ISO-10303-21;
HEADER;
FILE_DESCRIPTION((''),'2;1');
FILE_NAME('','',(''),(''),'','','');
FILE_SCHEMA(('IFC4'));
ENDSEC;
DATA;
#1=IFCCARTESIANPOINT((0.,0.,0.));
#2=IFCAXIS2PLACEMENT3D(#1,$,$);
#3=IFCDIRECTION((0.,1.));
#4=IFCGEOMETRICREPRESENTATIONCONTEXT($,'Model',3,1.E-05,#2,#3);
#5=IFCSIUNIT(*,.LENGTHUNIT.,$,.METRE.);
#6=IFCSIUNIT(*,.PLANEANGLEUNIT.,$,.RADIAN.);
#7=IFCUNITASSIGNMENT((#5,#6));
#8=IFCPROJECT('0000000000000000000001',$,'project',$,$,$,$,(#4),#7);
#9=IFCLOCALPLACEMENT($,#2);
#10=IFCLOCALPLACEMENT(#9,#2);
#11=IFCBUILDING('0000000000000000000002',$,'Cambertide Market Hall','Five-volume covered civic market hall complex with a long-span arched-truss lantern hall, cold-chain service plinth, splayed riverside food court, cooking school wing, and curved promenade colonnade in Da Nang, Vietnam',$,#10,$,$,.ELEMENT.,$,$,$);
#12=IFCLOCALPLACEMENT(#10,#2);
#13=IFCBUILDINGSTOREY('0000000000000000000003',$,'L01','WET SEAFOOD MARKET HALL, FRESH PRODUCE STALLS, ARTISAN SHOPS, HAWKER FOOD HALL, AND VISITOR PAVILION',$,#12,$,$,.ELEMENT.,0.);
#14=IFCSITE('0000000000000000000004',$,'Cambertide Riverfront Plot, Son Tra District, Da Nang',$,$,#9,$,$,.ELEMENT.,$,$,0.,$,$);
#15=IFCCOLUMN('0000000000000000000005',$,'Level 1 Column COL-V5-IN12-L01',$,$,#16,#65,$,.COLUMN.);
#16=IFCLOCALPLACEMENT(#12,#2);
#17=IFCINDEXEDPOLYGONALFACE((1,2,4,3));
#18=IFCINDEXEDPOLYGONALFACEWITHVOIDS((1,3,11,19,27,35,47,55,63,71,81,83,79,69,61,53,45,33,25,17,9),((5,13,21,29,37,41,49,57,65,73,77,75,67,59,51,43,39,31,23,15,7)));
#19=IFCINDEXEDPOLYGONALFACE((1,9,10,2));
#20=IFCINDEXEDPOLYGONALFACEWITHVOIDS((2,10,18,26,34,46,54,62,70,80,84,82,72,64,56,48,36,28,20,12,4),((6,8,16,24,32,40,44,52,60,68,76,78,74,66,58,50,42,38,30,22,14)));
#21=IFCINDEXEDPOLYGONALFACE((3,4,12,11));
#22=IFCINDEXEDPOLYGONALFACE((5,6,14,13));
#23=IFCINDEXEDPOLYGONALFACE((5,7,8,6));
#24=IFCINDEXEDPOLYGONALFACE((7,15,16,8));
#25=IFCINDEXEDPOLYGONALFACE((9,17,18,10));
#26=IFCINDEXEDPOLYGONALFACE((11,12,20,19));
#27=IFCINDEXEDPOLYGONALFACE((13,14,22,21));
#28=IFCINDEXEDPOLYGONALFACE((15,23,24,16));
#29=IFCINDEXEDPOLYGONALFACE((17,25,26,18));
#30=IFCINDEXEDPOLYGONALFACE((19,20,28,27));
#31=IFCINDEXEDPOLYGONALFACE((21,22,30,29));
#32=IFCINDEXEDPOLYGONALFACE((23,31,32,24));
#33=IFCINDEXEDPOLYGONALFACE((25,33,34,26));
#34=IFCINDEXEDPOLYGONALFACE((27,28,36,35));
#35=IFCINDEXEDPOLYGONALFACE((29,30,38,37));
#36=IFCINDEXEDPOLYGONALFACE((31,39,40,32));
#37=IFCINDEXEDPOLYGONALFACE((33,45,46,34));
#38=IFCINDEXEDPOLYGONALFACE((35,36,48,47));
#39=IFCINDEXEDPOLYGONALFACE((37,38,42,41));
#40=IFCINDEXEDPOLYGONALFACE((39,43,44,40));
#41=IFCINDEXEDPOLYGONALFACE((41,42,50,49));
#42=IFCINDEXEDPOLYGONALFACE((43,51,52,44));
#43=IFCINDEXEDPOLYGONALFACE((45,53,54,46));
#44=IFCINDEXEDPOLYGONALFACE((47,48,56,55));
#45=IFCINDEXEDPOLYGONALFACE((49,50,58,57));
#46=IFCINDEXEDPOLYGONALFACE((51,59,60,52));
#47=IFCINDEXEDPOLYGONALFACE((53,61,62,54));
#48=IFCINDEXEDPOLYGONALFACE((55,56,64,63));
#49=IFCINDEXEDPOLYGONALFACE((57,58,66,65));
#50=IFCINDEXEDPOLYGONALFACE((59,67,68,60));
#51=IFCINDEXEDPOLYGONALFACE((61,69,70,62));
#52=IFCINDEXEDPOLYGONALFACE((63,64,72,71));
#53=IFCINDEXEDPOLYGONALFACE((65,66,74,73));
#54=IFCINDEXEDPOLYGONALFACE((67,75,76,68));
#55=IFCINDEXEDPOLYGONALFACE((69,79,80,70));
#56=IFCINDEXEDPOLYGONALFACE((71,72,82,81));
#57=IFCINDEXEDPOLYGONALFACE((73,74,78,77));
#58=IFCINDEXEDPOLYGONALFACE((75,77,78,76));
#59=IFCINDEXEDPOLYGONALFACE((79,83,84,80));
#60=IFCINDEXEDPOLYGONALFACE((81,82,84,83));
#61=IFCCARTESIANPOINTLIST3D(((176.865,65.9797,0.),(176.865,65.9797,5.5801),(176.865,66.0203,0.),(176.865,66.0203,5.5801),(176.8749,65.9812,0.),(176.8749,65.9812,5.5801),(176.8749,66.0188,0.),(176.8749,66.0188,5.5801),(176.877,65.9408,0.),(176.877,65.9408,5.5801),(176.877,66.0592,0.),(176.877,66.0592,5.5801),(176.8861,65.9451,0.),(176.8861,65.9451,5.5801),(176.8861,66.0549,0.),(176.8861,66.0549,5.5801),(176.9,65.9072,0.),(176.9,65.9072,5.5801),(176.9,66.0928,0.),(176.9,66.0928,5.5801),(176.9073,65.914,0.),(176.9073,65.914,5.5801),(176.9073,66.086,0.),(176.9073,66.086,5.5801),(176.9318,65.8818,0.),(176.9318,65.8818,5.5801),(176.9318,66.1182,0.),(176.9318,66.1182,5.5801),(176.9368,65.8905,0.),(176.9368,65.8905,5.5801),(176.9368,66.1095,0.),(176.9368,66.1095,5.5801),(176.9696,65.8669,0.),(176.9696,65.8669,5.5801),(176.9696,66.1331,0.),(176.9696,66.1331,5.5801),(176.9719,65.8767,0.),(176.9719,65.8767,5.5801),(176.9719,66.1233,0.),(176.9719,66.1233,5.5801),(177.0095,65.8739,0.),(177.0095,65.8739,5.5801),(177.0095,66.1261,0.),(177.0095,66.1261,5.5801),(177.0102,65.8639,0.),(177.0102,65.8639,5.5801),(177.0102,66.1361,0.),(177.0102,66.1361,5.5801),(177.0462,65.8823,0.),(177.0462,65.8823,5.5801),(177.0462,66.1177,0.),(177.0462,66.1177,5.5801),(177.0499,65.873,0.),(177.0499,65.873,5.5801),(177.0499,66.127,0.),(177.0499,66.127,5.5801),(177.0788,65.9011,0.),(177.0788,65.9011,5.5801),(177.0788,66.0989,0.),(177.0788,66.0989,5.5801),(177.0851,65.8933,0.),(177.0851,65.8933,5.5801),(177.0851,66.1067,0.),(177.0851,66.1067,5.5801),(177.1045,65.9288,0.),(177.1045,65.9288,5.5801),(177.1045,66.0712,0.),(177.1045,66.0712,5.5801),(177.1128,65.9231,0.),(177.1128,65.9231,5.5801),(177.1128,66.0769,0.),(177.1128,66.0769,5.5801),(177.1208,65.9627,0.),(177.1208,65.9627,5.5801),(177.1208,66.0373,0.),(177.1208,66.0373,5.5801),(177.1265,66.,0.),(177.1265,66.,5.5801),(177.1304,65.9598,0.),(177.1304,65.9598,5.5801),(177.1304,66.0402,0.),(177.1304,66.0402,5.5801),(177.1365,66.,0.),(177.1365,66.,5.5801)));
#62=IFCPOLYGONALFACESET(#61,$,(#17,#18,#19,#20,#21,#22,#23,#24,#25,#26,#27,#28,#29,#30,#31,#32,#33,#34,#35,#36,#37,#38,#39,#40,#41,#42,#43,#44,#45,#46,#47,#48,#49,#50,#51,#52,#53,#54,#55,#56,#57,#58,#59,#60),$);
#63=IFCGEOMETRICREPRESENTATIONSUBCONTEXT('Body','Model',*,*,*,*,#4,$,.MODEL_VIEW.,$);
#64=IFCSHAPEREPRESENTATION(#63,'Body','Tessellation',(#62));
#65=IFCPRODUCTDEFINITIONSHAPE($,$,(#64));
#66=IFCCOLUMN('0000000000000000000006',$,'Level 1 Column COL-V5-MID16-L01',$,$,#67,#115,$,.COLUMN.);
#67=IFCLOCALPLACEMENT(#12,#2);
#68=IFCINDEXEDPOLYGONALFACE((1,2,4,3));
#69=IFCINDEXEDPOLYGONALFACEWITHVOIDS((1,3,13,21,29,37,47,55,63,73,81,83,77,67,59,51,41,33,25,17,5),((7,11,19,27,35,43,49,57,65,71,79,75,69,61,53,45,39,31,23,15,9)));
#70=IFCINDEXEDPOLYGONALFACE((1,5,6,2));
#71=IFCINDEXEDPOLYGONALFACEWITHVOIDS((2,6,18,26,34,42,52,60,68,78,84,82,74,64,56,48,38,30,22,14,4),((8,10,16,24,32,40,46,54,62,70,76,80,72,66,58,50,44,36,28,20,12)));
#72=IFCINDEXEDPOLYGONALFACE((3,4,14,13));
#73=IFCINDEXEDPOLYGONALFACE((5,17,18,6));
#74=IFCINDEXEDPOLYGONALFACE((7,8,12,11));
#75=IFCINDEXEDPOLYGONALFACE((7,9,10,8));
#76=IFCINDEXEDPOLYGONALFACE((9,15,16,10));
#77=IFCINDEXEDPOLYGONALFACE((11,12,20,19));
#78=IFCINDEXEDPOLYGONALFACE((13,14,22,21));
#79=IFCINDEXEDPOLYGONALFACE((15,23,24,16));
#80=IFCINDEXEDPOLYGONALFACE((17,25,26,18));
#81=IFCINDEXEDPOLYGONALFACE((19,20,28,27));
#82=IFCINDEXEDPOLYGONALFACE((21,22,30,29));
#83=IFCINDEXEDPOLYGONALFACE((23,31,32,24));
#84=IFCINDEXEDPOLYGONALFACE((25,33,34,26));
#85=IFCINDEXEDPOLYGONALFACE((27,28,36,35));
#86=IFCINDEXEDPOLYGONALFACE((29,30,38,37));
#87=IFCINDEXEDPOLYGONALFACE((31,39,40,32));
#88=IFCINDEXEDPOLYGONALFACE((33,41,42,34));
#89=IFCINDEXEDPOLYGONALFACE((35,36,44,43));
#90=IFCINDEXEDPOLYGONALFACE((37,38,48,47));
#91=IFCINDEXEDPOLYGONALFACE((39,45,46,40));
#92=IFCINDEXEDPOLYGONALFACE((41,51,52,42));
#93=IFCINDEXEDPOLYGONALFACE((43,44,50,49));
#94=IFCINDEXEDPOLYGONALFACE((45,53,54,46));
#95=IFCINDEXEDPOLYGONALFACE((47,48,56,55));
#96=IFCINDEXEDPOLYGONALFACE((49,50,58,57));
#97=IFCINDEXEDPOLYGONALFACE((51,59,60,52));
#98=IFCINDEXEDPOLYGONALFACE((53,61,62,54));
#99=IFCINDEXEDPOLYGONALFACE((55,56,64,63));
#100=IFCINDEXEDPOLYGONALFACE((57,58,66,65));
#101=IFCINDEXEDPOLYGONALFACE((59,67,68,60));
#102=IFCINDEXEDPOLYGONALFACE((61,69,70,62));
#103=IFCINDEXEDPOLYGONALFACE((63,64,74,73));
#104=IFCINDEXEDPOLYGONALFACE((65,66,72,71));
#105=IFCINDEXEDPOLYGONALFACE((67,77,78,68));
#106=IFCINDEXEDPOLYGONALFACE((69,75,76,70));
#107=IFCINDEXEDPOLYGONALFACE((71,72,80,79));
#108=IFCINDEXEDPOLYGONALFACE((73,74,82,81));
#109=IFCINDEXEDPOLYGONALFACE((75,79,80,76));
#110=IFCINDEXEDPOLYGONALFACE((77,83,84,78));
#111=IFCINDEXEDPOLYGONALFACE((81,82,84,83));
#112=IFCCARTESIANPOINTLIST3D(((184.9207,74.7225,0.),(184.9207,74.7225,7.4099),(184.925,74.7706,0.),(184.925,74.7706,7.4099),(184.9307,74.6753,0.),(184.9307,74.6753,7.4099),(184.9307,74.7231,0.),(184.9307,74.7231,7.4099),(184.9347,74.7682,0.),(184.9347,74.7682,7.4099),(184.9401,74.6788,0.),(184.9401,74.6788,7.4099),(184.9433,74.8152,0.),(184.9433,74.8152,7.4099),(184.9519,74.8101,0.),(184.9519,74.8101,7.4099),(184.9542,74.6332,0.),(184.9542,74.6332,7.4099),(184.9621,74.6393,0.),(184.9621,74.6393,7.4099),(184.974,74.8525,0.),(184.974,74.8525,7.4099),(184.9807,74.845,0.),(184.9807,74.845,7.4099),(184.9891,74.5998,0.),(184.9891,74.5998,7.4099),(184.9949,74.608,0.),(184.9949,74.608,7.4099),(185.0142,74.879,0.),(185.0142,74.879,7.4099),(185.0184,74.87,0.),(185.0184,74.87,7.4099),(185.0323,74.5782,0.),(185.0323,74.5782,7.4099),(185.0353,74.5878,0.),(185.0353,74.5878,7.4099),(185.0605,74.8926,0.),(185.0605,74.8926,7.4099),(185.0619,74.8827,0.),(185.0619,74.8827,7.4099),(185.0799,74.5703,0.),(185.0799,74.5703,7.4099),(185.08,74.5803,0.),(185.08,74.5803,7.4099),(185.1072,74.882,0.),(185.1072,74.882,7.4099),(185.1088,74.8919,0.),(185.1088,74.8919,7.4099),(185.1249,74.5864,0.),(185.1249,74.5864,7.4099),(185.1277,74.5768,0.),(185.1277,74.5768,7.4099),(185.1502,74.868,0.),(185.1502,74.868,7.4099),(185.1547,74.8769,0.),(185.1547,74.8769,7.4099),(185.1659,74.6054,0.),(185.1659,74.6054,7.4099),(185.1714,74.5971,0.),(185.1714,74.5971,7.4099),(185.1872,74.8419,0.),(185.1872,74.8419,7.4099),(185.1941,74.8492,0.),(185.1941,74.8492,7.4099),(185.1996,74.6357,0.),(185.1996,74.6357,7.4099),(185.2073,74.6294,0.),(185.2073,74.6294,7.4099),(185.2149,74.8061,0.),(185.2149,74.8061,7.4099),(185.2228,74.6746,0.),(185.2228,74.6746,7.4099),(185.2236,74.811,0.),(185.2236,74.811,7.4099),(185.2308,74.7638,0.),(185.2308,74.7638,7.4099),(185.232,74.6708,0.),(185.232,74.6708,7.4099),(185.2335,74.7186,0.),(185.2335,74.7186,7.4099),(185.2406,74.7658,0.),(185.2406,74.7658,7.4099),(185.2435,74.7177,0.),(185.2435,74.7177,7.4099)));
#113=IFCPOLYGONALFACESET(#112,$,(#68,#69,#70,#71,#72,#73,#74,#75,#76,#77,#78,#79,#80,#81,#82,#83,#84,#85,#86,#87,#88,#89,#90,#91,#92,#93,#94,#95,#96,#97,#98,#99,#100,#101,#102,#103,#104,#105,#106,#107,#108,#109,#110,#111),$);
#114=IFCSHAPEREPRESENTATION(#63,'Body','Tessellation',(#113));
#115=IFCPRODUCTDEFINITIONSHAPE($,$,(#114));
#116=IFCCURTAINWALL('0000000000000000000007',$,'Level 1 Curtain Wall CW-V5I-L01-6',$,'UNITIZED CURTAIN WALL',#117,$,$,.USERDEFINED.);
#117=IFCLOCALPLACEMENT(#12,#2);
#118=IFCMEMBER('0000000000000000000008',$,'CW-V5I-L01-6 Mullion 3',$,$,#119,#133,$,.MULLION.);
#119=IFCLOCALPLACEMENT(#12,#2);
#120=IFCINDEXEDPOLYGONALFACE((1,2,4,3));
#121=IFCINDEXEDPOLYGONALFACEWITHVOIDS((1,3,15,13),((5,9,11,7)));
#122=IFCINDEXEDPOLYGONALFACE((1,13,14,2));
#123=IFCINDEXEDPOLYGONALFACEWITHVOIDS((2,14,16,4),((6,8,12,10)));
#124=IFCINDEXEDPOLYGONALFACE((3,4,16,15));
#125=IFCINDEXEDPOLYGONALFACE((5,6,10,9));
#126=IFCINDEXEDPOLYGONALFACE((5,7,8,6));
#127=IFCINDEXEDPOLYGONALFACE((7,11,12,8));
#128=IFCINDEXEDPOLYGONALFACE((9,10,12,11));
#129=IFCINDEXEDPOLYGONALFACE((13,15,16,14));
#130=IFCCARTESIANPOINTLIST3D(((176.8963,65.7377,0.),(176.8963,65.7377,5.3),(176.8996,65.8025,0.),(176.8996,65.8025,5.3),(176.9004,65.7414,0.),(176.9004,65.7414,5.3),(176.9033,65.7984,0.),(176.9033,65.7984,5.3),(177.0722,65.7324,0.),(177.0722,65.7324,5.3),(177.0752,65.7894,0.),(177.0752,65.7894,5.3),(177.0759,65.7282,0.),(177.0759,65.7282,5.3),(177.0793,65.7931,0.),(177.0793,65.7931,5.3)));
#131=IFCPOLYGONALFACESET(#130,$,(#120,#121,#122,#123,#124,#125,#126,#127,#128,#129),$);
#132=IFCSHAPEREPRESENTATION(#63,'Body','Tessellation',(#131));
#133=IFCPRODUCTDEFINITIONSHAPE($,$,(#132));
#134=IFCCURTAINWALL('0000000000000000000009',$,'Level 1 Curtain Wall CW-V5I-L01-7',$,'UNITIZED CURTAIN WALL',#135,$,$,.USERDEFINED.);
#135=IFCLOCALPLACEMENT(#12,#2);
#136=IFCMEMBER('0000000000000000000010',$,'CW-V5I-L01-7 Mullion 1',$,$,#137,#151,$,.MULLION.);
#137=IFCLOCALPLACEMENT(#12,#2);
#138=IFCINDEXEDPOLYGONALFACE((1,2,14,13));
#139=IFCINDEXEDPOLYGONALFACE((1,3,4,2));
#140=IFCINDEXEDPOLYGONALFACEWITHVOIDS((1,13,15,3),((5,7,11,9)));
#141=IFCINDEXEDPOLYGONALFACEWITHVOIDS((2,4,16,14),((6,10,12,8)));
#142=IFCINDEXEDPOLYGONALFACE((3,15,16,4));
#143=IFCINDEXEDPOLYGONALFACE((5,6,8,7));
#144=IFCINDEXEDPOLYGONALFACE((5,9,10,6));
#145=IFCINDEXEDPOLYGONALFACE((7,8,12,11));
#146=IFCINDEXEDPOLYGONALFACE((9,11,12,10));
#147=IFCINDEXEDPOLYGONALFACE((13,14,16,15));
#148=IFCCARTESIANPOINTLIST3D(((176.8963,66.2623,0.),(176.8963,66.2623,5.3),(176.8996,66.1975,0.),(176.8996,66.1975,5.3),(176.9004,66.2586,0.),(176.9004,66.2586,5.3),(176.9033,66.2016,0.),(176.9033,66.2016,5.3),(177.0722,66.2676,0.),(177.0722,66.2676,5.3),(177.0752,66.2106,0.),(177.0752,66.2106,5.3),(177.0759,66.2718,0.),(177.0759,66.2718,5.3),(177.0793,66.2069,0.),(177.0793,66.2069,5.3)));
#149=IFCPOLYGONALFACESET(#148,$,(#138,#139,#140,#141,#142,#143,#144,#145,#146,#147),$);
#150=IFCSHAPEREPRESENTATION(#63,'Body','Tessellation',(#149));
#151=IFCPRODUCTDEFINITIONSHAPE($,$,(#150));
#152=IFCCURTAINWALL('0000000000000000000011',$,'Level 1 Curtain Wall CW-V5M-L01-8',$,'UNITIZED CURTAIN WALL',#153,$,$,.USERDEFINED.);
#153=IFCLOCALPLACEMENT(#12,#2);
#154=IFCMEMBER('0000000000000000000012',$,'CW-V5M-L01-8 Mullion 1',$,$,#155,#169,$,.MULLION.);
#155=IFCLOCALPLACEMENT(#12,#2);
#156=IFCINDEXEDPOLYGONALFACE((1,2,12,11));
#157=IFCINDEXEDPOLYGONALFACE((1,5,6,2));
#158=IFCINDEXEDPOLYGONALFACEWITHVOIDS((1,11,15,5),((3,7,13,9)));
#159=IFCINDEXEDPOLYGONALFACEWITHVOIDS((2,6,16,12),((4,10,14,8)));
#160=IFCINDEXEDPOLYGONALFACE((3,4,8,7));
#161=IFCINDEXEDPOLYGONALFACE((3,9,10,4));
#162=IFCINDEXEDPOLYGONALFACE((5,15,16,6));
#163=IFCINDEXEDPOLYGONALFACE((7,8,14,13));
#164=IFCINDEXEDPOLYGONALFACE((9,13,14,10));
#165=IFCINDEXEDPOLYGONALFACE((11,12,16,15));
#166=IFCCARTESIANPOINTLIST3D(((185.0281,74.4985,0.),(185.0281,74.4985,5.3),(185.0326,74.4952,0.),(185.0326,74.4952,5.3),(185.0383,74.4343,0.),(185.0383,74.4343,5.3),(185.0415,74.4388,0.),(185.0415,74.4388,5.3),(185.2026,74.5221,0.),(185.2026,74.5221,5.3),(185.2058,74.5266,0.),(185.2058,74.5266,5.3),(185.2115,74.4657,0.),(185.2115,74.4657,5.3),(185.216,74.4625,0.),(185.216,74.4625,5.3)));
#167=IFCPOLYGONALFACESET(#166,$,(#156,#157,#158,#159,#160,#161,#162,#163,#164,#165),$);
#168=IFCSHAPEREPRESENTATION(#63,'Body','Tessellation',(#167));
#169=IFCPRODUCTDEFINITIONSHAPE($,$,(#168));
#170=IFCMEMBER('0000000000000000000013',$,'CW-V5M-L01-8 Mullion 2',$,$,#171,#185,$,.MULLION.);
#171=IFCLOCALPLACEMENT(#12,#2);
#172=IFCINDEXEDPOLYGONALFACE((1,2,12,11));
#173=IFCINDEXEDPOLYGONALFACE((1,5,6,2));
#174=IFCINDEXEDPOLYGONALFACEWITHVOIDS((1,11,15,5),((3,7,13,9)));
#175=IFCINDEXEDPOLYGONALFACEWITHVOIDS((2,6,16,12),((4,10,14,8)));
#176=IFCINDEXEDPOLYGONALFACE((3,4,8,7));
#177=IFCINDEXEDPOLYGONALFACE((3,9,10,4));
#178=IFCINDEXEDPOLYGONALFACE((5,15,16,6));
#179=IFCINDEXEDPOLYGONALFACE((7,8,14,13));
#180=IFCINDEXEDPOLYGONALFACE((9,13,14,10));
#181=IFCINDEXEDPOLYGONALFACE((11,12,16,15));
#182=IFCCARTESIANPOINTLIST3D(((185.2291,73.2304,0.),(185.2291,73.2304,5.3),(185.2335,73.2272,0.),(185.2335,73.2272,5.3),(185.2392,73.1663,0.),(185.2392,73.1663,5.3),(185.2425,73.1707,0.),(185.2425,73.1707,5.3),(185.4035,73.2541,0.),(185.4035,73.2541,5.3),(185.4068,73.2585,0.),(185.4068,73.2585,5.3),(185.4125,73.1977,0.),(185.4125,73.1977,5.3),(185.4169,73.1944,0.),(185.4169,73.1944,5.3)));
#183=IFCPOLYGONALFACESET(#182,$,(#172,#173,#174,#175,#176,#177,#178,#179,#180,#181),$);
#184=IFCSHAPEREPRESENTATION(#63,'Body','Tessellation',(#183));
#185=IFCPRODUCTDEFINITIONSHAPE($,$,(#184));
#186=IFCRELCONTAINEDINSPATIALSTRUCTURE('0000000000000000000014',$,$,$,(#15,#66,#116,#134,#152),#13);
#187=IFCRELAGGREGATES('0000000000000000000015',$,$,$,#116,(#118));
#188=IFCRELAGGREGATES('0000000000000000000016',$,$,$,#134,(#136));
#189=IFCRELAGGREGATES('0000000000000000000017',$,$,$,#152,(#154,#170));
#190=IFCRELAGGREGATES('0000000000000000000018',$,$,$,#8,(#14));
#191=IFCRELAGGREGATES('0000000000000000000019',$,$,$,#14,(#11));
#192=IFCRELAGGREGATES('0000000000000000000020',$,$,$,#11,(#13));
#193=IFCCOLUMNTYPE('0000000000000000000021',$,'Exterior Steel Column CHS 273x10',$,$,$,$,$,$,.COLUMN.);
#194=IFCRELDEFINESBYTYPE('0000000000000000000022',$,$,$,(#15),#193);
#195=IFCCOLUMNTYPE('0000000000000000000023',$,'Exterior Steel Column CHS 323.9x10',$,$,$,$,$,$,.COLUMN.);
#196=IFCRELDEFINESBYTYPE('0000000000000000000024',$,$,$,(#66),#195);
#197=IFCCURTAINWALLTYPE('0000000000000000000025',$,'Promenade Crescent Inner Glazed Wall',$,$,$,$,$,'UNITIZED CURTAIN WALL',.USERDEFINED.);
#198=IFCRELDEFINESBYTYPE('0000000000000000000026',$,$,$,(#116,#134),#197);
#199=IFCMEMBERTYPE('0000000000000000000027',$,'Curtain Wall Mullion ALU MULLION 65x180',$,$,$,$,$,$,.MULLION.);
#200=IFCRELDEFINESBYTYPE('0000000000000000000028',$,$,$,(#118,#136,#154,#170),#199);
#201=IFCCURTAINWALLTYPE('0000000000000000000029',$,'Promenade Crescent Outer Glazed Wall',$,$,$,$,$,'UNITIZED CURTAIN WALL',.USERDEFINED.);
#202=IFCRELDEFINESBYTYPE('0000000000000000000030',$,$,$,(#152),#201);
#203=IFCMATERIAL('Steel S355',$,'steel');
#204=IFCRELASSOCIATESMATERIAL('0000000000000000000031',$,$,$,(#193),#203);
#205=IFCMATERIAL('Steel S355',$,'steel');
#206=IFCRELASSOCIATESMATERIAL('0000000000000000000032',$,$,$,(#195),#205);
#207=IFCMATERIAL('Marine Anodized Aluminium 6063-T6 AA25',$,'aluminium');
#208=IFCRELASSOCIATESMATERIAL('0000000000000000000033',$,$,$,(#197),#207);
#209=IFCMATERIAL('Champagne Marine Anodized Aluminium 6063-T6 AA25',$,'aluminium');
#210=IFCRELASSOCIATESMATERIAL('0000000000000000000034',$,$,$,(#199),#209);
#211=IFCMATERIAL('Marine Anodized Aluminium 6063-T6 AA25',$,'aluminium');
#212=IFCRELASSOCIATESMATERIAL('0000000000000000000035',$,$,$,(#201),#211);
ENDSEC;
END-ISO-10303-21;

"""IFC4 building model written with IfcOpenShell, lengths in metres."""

from ifc_helpers import new_model, si_unit, direction, frame, origin, origin_2d, place, context, subcontext, project, spatial, hollow_rectangle, hollow_circle, extrude, material, material_profile, profile_set, type_object, element, aggregate, save


model = new_model("IFC4")

# Units and contexts
model_context = context("Model", 3, precision=1e-05, world=origin(), true_north=direction((0.0, 1.0)))
body_context = subcontext(model_context, "Body", "Model", "MODEL_VIEW")
ifc_project = project(units=[si_unit("LENGTHUNIT", "METRE"), si_unit("PLANEANGLEUNIT", "RADIAN")], contexts=[model_context])

# Site, building, storey
site_placement = place(None, origin())
site = spatial("IfcSite", under=ifc_project, at=site_placement, Name="Cambertide Riverfront Plot, Son Tra District, Da Nang", CompositionType="ELEMENT", RefElevation=0.0)
building_placement = place(site_placement, origin())
building = spatial("IfcBuilding", under=site, at=building_placement, Name="Cambertide Market Hall", Description="Five-volume covered civic market hall complex with a long-span arched-truss lantern hall, cold-chain service plinth, splayed riverside food court, cooking school wing, and curved promenade colonnade in Da Nang, Vietnam", CompositionType="ELEMENT")
storey_placement = place(building_placement, origin())
storey = spatial("IfcBuildingStorey", under=building, at=storey_placement, Name="L01", Description="WET SEAFOOD MARKET HALL, FRESH PRODUCE STALLS, ARTISAN SHOPS, HAWKER FOOD HALL, AND VISITOR PAVILION", CompositionType="ELEMENT", Elevation=0.0)

# Columns
ifc_material_1 = material(Name="Steel S355", Category="steel")
ifc_material_profile_1 = material_profile(ifc_material_1, hollow_circle(Radius=0.1365, WallThickness=0.01, at=origin_2d()), Name="CHS 273x10")
ifc_profile_set_1 = profile_set([ifc_material_profile_1], Name="Steel S355")
column_type_1 = type_object("IfcColumnType", Name="Exterior Steel Column CHS 273x10", PredefinedType="COLUMN", material=ifc_profile_set_1)
column_1_placement = place(storey_placement, frame((177.0, 66.0, 0.0), z_axis=(0.0, 0.0, 1.0), x_axis=(1.0, 0.0, 0.0)))
element("IfcColumn", 1, at=column_1_placement, inside=storey, type_object=column_type_1, Name="Level 1 Column COL-V5-IN12-L01", PredefinedType="COLUMN", context=body_context, shape_type="SweptSolid", body=[
    extrude(hollow_circle(Radius=0.1365, WallThickness=0.01, at=origin_2d()), origin(), (0.0, 0.0, 1.0), 5.5801),
])
ifc_material_2 = material(Name="Steel S355", Category="steel")
ifc_material_profile_2 = material_profile(ifc_material_2, hollow_circle(Radius=0.1619, WallThickness=0.01, at=origin_2d()), Name="CHS 323.9x10")
ifc_profile_set_2 = profile_set([ifc_material_profile_2], Name="Steel S355")
column_type_2 = type_object("IfcColumnType", Name="Exterior Steel Column CHS 323.9x10", PredefinedType="COLUMN", material=ifc_profile_set_2)
column_2_placement = place(storey_placement, frame((185.0823, 74.7322, 0.0), z_axis=(0.0, 0.0, 1.0), x_axis=(0.978148, 0.207912, 0.0)))
element("IfcColumn", 2, at=column_2_placement, inside=storey, type_object=column_type_2, Name="Level 1 Column COL-V5-MID16-L01", PredefinedType="COLUMN", context=body_context, shape_type="SweptSolid", body=[
    extrude(hollow_circle(Radius=0.1619, WallThickness=0.01, at=origin_2d()), origin(), (0.0, 0.0, 1.0), 7.4099),
])

# Curtain walls, members
ifc_material_3 = material(Name="Marine Anodized Aluminium 6063-T6 AA25", Category="aluminium")
curtain_wall_type_1 = type_object("IfcCurtainWallType", Name="Promenade Crescent Inner Glazed Wall", ElementType="UNITIZED CURTAIN WALL", PredefinedType="USERDEFINED", material=ifc_material_3)
curtain_wall_1_placement = place(storey_placement, origin())
curtain_wall_1 = element("IfcCurtainWall", 3, at=curtain_wall_1_placement, inside=storey, type_object=curtain_wall_type_1, Name="Level 1 Curtain Wall CW-V5I-L01-6", ObjectType="UNITIZED CURTAIN WALL", PredefinedType="USERDEFINED")
ifc_material_4 = material(Name="Champagne Marine Anodized Aluminium 6063-T6 AA25", Category="aluminium")
ifc_material_profile_3 = material_profile(ifc_material_4, hollow_rectangle(XDim=0.0649, YDim=0.1799, WallThickness=0.0039, at=origin_2d()), Name="ALU MULLION 65x180")
ifc_profile_set_3 = profile_set([ifc_material_profile_3], Name="Champagne Marine Anodized Aluminium 6063-T6 AA25")
member_type_1 = type_object("IfcMemberType", Name="Curtain Wall Mullion ALU MULLION 65x180", PredefinedType="MULLION", material=ifc_profile_set_3)
member_1_placement = place(storey_placement, frame((176.9878, 65.7654, 0.0), z_axis=(0.0, 0.0, 1.0), x_axis=(0.052336, 0.99863, 0.0)))
member_1 = element("IfcMember", 4, at=member_1_placement, type_object=member_type_1, Name="CW-V5I-L01-6 Mullion 3", PredefinedType="MULLION", context=body_context, shape_type="SweptSolid", body=[
    extrude(hollow_rectangle(XDim=0.0649, YDim=0.1799, WallThickness=0.0039, at=origin_2d()), origin(), (0.0, 0.0, 1.0), 5.3),
])
curtain_wall_2_placement = place(storey_placement, origin())
curtain_wall_2 = element("IfcCurtainWall", 5, at=curtain_wall_2_placement, inside=storey, type_object=curtain_wall_type_1, Name="Level 1 Curtain Wall CW-V5I-L01-7", ObjectType="UNITIZED CURTAIN WALL", PredefinedType="USERDEFINED")
member_2_placement = place(storey_placement, frame((176.9878, 66.2346, 0.0), z_axis=(0.0, 0.0, 1.0), x_axis=(-0.052336, 0.99863, 0.0)))
member_2 = element("IfcMember", 6, at=member_2_placement, type_object=member_type_1, Name="CW-V5I-L01-7 Mullion 1", PredefinedType="MULLION", context=body_context, shape_type="SweptSolid", body=[
    extrude(hollow_rectangle(XDim=0.0649, YDim=0.1799, WallThickness=0.0039, at=origin_2d()), origin(), (0.0, 0.0, 1.0), 5.3),
])

# Curtain wall, members
ifc_material_5 = material(Name="Marine Anodized Aluminium 6063-T6 AA25", Category="aluminium")
curtain_wall_type_2 = type_object("IfcCurtainWallType", Name="Promenade Crescent Outer Glazed Wall", ElementType="UNITIZED CURTAIN WALL", PredefinedType="USERDEFINED", material=ifc_material_5)
curtain_wall_3_placement = place(storey_placement, origin())
curtain_wall_3 = element("IfcCurtainWall", 7, at=curtain_wall_3_placement, inside=storey, type_object=curtain_wall_type_2, Name="Level 1 Curtain Wall CW-V5M-L01-8", ObjectType="UNITIZED CURTAIN WALL", PredefinedType="USERDEFINED")
member_3_placement = place(storey_placement, frame((185.1221, 74.4805, 0.0), z_axis=(0.0, 0.0, 1.0), x_axis=(0.156435, -0.987688, 0.0)))
member_3 = element("IfcMember", 8, at=member_3_placement, type_object=member_type_1, Name="CW-V5M-L01-8 Mullion 1", PredefinedType="MULLION", context=body_context, shape_type="SweptSolid", body=[
    extrude(hollow_rectangle(XDim=0.0649, YDim=0.1799, WallThickness=0.0039, at=origin_2d()), origin(), (0.0, 0.0, 1.0), 5.3),
])
member_4_placement = place(storey_placement, frame((185.323, 73.2124, 0.0), z_axis=(0.0, 0.0, 1.0), x_axis=(0.156435, -0.987688, 0.0)))
member_4 = element("IfcMember", 9, at=member_4_placement, type_object=member_type_1, Name="CW-V5M-L01-8 Mullion 2", PredefinedType="MULLION", context=body_context, shape_type="SweptSolid", body=[
    extrude(hollow_rectangle(XDim=0.0649, YDim=0.1799, WallThickness=0.0039, at=origin_2d()), origin(), (0.0, 0.0, 1.0), 5.3),
])

aggregate(curtain_wall_1, [member_1])
aggregate(curtain_wall_2, [member_2])
aggregate(curtain_wall_3, [member_3, member_4])

save(model, "model.ifc")
